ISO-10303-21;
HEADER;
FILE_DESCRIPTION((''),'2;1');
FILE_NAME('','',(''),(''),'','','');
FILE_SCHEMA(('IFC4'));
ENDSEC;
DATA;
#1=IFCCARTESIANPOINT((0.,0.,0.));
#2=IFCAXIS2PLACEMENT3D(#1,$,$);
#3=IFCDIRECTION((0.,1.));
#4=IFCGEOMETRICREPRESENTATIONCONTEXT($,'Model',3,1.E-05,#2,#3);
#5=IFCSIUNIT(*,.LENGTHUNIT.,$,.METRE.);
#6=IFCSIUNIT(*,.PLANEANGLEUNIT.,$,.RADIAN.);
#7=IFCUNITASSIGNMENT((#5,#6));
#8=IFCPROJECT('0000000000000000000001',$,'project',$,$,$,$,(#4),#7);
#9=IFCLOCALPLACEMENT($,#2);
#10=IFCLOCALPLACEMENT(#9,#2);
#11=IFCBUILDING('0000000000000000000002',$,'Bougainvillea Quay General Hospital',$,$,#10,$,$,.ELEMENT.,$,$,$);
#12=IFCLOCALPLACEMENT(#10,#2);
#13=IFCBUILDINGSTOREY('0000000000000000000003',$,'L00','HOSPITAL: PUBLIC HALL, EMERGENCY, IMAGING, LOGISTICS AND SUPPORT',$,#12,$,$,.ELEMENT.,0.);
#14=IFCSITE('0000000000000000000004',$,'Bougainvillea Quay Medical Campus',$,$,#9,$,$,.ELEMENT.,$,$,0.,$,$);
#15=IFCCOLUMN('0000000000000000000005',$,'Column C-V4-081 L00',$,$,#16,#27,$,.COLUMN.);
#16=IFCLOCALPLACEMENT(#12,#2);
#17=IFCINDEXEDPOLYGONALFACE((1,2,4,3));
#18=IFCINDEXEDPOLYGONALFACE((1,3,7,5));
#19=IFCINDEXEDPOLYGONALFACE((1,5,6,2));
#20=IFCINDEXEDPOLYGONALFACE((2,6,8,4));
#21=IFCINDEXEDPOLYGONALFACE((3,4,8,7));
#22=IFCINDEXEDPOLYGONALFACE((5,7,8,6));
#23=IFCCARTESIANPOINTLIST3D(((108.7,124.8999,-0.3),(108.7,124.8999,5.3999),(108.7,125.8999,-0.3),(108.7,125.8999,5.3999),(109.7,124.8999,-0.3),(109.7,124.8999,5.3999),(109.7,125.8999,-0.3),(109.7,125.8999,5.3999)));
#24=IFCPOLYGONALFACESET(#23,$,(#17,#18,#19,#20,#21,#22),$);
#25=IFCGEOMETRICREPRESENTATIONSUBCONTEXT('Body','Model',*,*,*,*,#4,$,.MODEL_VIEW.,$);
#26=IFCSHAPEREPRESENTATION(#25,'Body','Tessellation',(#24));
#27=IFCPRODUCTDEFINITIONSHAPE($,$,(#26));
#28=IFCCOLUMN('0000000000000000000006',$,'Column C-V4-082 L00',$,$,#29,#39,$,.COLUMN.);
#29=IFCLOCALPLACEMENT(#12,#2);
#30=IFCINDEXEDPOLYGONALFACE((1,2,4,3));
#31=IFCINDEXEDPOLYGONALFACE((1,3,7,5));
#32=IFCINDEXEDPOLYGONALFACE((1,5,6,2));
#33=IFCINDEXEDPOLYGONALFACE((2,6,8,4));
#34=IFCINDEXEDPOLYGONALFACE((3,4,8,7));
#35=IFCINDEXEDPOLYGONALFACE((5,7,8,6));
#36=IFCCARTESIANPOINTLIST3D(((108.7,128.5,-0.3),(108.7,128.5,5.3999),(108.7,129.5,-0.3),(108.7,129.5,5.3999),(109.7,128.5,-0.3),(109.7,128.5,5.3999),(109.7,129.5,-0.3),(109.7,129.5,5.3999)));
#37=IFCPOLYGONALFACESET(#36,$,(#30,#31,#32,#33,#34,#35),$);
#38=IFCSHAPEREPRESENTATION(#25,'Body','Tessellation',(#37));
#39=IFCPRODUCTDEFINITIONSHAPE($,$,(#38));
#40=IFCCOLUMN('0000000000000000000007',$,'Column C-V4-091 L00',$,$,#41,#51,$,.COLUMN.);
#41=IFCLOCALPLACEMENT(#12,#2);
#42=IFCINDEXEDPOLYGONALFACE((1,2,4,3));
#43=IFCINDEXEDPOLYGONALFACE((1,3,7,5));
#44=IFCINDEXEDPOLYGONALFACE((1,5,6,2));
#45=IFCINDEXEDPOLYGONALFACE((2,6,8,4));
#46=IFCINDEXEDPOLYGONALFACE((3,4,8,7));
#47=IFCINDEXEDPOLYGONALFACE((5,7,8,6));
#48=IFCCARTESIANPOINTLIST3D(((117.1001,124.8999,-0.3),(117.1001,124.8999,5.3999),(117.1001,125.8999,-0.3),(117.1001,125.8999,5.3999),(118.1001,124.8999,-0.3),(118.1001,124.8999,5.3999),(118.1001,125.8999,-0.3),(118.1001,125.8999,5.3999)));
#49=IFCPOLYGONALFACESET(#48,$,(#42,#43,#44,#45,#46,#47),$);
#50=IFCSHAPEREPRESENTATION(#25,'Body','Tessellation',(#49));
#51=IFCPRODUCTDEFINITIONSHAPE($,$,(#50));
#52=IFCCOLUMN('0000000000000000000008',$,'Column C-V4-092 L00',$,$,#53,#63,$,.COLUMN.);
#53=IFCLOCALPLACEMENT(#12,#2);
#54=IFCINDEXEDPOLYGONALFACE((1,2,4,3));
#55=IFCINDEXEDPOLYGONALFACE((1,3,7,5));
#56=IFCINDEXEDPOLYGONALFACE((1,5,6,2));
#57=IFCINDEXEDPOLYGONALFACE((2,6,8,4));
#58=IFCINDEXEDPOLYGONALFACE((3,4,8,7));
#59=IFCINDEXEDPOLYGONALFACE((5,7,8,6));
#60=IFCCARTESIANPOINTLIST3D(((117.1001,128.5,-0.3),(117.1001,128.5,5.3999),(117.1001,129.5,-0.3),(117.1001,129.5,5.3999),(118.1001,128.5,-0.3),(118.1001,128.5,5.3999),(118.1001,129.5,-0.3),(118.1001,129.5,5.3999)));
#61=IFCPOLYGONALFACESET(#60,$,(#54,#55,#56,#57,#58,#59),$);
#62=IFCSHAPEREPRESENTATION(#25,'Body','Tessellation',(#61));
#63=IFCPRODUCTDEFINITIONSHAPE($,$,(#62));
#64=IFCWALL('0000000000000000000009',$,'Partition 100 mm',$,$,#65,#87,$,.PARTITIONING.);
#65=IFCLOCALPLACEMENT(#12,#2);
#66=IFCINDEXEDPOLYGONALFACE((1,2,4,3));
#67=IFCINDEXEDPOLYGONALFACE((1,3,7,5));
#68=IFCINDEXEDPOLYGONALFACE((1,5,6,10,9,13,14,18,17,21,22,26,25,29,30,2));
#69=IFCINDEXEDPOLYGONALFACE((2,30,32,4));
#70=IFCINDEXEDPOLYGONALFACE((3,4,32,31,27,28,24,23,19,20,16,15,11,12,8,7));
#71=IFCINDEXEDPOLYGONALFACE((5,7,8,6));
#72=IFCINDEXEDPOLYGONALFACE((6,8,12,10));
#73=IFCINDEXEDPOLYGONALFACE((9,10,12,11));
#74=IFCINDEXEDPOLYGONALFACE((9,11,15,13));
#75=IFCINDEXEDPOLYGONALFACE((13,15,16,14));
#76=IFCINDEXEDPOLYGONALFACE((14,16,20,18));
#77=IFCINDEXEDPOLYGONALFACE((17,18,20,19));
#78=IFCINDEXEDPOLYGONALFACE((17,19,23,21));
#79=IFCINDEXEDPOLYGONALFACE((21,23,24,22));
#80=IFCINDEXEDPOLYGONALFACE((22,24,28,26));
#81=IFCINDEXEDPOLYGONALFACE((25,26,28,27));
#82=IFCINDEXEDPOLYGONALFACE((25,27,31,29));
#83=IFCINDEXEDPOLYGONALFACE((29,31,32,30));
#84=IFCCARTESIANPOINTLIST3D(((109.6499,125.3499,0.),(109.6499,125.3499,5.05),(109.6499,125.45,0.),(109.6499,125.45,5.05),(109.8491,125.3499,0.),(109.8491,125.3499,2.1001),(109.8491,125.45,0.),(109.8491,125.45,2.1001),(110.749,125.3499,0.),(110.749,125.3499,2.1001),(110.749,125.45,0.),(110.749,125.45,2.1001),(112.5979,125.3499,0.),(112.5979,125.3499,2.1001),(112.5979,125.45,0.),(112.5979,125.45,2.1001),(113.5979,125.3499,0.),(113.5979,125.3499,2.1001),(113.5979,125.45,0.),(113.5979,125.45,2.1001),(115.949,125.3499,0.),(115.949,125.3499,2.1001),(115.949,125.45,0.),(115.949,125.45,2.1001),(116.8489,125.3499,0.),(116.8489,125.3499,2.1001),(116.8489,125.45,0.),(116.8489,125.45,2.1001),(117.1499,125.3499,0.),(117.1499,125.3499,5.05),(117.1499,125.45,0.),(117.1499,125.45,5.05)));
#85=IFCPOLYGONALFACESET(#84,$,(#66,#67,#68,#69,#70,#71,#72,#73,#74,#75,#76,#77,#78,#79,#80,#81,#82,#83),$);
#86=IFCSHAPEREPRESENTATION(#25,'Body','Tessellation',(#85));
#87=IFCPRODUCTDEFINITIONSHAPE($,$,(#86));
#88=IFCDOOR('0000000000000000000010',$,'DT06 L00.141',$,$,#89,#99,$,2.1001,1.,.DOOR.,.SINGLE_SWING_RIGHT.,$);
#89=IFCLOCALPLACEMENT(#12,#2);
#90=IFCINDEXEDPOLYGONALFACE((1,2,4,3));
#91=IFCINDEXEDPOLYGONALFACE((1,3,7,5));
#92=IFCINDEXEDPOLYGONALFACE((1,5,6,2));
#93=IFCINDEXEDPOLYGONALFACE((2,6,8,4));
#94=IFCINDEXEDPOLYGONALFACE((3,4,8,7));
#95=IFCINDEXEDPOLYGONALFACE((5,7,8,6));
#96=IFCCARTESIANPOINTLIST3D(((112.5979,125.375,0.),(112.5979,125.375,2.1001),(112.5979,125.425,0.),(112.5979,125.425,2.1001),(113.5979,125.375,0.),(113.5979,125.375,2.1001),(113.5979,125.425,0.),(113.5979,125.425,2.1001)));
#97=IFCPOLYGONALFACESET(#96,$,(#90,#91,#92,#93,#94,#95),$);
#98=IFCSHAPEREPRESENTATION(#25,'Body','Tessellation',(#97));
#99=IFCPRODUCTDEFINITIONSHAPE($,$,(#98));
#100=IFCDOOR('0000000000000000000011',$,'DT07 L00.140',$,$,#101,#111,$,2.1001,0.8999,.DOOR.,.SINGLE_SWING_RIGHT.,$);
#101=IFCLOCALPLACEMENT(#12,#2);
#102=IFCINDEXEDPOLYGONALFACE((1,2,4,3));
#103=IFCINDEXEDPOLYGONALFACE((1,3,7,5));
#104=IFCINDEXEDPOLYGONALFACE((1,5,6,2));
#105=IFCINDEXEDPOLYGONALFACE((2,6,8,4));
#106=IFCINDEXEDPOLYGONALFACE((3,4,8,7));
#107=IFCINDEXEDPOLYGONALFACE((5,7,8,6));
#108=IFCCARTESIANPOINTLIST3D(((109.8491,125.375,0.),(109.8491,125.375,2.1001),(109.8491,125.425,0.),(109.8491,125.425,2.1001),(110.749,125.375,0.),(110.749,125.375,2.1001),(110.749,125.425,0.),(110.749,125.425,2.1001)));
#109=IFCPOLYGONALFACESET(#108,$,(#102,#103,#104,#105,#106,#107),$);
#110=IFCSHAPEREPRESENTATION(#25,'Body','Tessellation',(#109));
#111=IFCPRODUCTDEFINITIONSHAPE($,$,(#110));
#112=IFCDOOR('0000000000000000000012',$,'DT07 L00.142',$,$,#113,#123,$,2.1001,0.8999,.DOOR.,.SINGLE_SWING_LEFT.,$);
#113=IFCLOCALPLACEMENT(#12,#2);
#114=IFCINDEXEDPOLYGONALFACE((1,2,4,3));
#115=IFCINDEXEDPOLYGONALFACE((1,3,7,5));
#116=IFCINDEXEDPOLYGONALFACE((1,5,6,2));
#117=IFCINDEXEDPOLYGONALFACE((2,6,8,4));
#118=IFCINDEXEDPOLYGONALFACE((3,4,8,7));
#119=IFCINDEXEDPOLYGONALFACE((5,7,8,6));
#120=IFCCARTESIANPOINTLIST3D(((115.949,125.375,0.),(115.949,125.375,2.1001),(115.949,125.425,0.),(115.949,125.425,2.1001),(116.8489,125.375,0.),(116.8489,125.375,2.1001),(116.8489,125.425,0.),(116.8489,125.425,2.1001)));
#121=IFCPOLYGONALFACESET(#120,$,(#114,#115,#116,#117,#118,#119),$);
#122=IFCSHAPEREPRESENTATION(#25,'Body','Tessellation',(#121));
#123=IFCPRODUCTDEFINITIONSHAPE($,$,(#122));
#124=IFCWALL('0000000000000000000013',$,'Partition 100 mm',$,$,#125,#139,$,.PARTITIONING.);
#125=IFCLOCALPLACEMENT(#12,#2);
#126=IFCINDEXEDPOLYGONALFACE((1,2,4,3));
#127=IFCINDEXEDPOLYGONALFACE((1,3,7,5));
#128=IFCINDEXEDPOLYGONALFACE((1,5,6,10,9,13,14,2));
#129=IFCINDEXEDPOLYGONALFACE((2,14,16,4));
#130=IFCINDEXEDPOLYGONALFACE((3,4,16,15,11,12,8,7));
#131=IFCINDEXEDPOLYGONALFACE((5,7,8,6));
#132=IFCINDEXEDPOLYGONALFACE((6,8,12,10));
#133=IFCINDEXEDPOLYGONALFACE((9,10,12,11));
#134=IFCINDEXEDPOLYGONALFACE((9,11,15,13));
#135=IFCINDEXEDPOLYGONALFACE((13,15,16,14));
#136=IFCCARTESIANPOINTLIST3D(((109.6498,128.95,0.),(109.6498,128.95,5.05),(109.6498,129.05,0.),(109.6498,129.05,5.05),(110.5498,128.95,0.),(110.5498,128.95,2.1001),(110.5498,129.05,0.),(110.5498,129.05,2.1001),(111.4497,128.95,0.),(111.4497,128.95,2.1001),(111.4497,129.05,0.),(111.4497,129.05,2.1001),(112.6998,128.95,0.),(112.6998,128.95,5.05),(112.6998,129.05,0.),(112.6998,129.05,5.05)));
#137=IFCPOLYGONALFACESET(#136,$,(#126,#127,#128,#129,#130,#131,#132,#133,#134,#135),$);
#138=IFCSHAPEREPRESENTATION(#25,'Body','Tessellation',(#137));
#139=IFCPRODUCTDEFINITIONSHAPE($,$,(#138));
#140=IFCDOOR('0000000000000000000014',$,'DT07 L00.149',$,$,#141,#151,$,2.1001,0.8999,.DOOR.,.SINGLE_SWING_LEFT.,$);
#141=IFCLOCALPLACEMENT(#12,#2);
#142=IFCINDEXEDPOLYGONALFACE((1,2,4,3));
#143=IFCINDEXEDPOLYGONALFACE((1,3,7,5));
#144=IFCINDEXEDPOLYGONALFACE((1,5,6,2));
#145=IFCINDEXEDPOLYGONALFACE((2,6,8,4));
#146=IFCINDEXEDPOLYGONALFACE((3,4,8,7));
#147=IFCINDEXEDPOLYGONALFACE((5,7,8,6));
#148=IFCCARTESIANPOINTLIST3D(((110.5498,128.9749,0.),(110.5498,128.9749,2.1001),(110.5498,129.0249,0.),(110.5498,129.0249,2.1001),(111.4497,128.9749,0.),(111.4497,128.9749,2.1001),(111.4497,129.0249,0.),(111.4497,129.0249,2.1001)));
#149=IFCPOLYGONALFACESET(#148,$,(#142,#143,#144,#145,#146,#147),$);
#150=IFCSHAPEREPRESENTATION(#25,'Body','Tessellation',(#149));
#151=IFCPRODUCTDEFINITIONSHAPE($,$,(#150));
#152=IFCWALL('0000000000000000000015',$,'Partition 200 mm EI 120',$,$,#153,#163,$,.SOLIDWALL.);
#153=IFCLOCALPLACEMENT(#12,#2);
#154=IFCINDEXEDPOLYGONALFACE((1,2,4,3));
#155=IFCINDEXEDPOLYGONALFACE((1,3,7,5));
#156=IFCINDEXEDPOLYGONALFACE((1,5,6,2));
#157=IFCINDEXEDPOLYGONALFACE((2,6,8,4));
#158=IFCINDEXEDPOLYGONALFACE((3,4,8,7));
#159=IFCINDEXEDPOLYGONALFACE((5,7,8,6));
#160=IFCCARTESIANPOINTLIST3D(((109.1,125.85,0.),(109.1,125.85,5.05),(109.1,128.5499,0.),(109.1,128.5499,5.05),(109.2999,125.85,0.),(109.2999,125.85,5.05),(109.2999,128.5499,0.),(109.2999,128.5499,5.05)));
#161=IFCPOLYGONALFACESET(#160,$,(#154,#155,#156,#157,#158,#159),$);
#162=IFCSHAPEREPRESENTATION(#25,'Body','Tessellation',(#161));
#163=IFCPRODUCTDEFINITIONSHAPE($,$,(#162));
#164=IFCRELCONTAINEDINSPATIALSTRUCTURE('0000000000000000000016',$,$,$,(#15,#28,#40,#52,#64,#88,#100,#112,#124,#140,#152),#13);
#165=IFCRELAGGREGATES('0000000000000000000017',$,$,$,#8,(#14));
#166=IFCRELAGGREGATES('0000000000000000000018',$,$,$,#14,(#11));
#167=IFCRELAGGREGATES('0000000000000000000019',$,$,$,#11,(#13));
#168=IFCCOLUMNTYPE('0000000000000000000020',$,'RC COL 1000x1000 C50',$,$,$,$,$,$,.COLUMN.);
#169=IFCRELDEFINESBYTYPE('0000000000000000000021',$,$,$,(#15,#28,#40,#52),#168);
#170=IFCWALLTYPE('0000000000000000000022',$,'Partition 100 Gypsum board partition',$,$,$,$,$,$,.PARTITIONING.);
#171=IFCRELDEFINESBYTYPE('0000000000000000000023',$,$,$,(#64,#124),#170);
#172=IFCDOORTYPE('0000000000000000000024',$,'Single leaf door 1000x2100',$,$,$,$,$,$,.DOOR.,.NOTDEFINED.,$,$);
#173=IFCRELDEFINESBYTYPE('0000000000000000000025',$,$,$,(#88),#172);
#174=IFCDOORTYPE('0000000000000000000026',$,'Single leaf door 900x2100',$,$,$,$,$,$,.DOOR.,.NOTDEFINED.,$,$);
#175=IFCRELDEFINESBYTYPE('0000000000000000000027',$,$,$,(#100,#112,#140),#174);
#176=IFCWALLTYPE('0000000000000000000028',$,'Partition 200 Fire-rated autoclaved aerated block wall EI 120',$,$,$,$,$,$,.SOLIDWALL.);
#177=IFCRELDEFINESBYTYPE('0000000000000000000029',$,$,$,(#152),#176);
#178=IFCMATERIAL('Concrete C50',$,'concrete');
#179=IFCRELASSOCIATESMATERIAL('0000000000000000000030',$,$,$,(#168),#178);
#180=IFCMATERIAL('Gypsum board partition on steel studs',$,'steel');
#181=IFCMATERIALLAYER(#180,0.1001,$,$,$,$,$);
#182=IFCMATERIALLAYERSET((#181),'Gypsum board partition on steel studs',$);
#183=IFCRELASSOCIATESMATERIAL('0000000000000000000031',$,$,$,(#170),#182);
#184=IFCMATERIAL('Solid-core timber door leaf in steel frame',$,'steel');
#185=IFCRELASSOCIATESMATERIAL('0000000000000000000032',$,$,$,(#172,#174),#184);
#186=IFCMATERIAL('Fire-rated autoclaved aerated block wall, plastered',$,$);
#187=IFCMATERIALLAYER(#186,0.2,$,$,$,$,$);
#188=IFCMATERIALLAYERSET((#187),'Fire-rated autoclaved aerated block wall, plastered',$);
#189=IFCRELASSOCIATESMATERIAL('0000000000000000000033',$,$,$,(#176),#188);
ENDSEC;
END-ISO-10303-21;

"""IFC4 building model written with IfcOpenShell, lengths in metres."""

from ifc_helpers import new_model, si_unit, direction, frame, frame_2d, origin, origin_2d, place, context, subcontext, project, spatial, rectangle, extrude, material, layer, layer_set, material_profile, profile_set, type_object, element, fill, save


model = new_model("IFC4")

# Units and contexts
model_context = context("Model", 3, precision=1e-05, world=origin(), true_north=direction((0.0, 1.0)))
body_context = subcontext(model_context, "Body", "Model", "MODEL_VIEW")
ifc_project = project(units=[si_unit("LENGTHUNIT", "METRE"), si_unit("PLANEANGLEUNIT", "RADIAN")], contexts=[model_context])

# Site, building, storey
site_placement = place(None, origin())
site = spatial("IfcSite", under=ifc_project, at=site_placement, Name="Bougainvillea Quay Medical Campus", CompositionType="ELEMENT", RefElevation=0.0)
building_placement = place(site_placement, origin())
building = spatial("IfcBuilding", under=site, at=building_placement, Name="Bougainvillea Quay General Hospital", CompositionType="ELEMENT")
storey_placement = place(building_placement, origin())
storey = spatial("IfcBuildingStorey", under=building, at=storey_placement, Name="L00", Description="HOSPITAL: PUBLIC HALL, EMERGENCY, IMAGING, LOGISTICS AND SUPPORT", CompositionType="ELEMENT", Elevation=0.0)

# Columns
ifc_material_1 = material(Name="Concrete C50", Category="concrete")
ifc_material_profile_1 = material_profile(ifc_material_1, rectangle(XDim=1.0, YDim=1.0, at=origin_2d()))
ifc_profile_set_1 = profile_set([ifc_material_profile_1], Name="Concrete C50")
column_type = type_object("IfcColumnType", Name="RC COL 1000x1000 C50", PredefinedType="COLUMN", material=ifc_profile_set_1)
for number, where, z_axis, x_axis, name in (
    (1, (109.2, 125.3999, -0.3), (0.0, 0.0, 1.0), (1.0, 0.0, 0.0), "Column C-V4-081 L00"),
    (2, (109.2, 129.0, -0.3), (0.0, 0.0, 1.0), (1.0, 0.0, 0.0), "Column C-V4-082 L00"),
    (3, (117.6001, 125.3999, -0.3), (0.0, 0.0, 1.0), (1.0, 0.0, 0.0), "Column C-V4-091 L00"),
    (4, (117.6001, 129.0, -0.3), (0.0, 0.0, 1.0), (1.0, 0.0, 0.0), "Column C-V4-092 L00"),
):
    element("IfcColumn", number, at=place(storey_placement, frame(where, z_axis=z_axis, x_axis=x_axis)), inside=storey, type_object=column_type, Name=name, PredefinedType="COLUMN", context=body_context, shape_type="SweptSolid", body=[
        extrude(rectangle(XDim=1.0, YDim=1.0, at=origin_2d()), origin(), (0.0, 0.0, 1.0), 5.7),
    ])

# Wall, openings, doors
ifc_material_2 = material(Name="Gypsum board partition on steel studs", Category="steel")
ifc_layer_1 = layer(ifc_material_2, 0.1001)
ifc_layer_set_1 = layer_set([ifc_layer_1], Name="Gypsum board partition on steel studs")
wall_type_1 = type_object("IfcWallType", Name="Partition 100 Gypsum board partition", PredefinedType="PARTITIONING", material=ifc_layer_set_1)
wall_1_placement = place(storey_placement, frame((117.1499, 125.3999, 0.0), z_axis=(0.0, 0.0, 1.0), x_axis=(-1.0, 0.0, 0.0)))
wall_1 = element("IfcWall", 5, at=wall_1_placement, inside=storey, type_object=wall_type_1, Name="Partition 100 mm", PredefinedType="PARTITIONING", context=body_context, shape_type="SweptSolid", body=[
    extrude(rectangle(XDim=7.5, YDim=0.1001, at=frame_2d((3.75, 0.0))), origin(), (0.0, 0.0, 1.0), 5.05),
])
opening_1_placement = place(wall_1_placement, frame((6.4009, 0.0, 0.0)))
opening_1 = element("IfcOpeningElement", 6, at=opening_1_placement, cuts=wall_1, PredefinedType="OPENING", context=body_context, shape_type="SweptSolid", body=[
    extrude(rectangle(XDim=0.8999, YDim=2.1001, at=frame_2d((0.45, 1.05))), frame((0.0, 0.0601, 0.0), z_axis=(0.0, -1.0, 0.0), x_axis=(1.0, 0.0, 0.0)), (0.0, 0.0, 1.0), 0.1201),
])
opening_2_placement = place(wall_1_placement, frame((3.552, 0.0, 0.0)))
opening_2 = element("IfcOpeningElement", 7, at=opening_2_placement, cuts=wall_1, PredefinedType="OPENING", context=body_context, shape_type="SweptSolid", body=[
    extrude(rectangle(XDim=1.0, YDim=2.1001, at=frame_2d((0.5, 1.05))), frame((0.0, 0.0601, 0.0), z_axis=(0.0, -1.0, 0.0), x_axis=(1.0, 0.0, 0.0)), (0.0, 0.0, 1.0), 0.1201),
])
opening_3_placement = place(wall_1_placement, frame((0.301, 0.0, 0.0)))
opening_3 = element("IfcOpeningElement", 8, at=opening_3_placement, cuts=wall_1, PredefinedType="OPENING", context=body_context, shape_type="SweptSolid", body=[
    extrude(rectangle(XDim=0.8999, YDim=2.1001, at=frame_2d((0.45, 1.05))), frame((0.0, 0.0601, 0.0), z_axis=(0.0, -1.0, 0.0), x_axis=(1.0, 0.0, 0.0)), (0.0, 0.0, 1.0), 0.1201),
])
ifc_material_3 = material(Name="Solid-core timber door leaf in steel frame", Category="steel")
door_type_1 = type_object("IfcDoorType", Name="Single leaf door 1000x2100", OperationType="NOTDEFINED", PredefinedType="DOOR", material=ifc_material_3)
door_1_placement = place(opening_2_placement, origin())
door_1 = element("IfcDoor", 9, at=door_1_placement, inside=storey, type_object=door_type_1, Name="DT06 L00.141", OperationType="SINGLE_SWING_RIGHT", OverallHeight=2.1001, OverallWidth=1.0, PredefinedType="DOOR", context=body_context, shape_type="SweptSolid", body=[
    extrude(rectangle(XDim=1.0, YDim=2.1001, at=frame_2d((0.5, 1.05))), frame((0.0, 0.0249, 0.0), z_axis=(0.0, -1.0, 0.0), x_axis=(1.0, 0.0, 0.0)), (0.0, 0.0, 1.0), 0.05),
])
fill(opening_2, door_1)
door_type_2 = type_object("IfcDoorType", Name="Single leaf door 900x2100", OperationType="NOTDEFINED", PredefinedType="DOOR", material=ifc_material_3)
door_2_placement = place(opening_1_placement, origin())
door_2 = element("IfcDoor", 10, at=door_2_placement, inside=storey, type_object=door_type_2, Name="DT07 L00.140", OperationType="SINGLE_SWING_RIGHT", OverallHeight=2.1001, OverallWidth=0.8999, PredefinedType="DOOR", context=body_context, shape_type="SweptSolid", body=[
    extrude(rectangle(XDim=0.8999, YDim=2.1001, at=frame_2d((0.45, 1.05))), frame((0.0, 0.0249, 0.0), z_axis=(0.0, -1.0, 0.0), x_axis=(1.0, 0.0, 0.0)), (0.0, 0.0, 1.0), 0.05),
])
fill(opening_1, door_2)
door_3_placement = place(opening_3_placement, origin())
door_3 = element("IfcDoor", 11, at=door_3_placement, inside=storey, type_object=door_type_2, Name="DT07 L00.142", OperationType="SINGLE_SWING_LEFT", OverallHeight=2.1001, OverallWidth=0.8999, PredefinedType="DOOR", context=body_context, shape_type="SweptSolid", body=[
    extrude(rectangle(XDim=0.8999, YDim=2.1001, at=frame_2d((0.45, 1.05))), frame((0.0, 0.0249, 0.0), z_axis=(0.0, -1.0, 0.0), x_axis=(1.0, 0.0, 0.0)), (0.0, 0.0, 1.0), 0.05),
])
fill(opening_3, door_3)

# Wall, opening, door
wall_2_placement = place(storey_placement, frame((109.6499, 129.0, 0.0), z_axis=(0.0, 0.0, 1.0), x_axis=(1.0, 0.0, 0.0)))
wall_2 = element("IfcWall", 12, at=wall_2_placement, inside=storey, type_object=wall_type_1, Name="Partition 100 mm", PredefinedType="PARTITIONING", context=body_context, shape_type="SweptSolid", body=[
    extrude(rectangle(XDim=3.05, YDim=0.1001, at=frame_2d((1.5249, 0.0))), origin(), (0.0, 0.0, 1.0), 5.05),
])
opening_4_placement = place(wall_2_placement, frame((0.8999, 0.0, 0.0)))
opening_4 = element("IfcOpeningElement", 13, at=opening_4_placement, cuts=wall_2, PredefinedType="OPENING", context=body_context, shape_type="SweptSolid", body=[
    extrude(rectangle(XDim=0.8999, YDim=2.1001, at=frame_2d((0.45, 1.05))), frame((0.0, 0.0601, 0.0), z_axis=(0.0, -1.0, 0.0), x_axis=(1.0, 0.0, 0.0)), (0.0, 0.0, 1.0), 0.1201),
])
door_4_placement = place(opening_4_placement, origin())
door_4 = element("IfcDoor", 14, at=door_4_placement, inside=storey, type_object=door_type_2, Name="DT07 L00.149", OperationType="SINGLE_SWING_LEFT", OverallHeight=2.1001, OverallWidth=0.8999, PredefinedType="DOOR", context=body_context, shape_type="SweptSolid", body=[
    extrude(rectangle(XDim=0.8999, YDim=2.1001, at=frame_2d((0.45, 1.05))), frame((0.0, 0.0249, 0.0), z_axis=(0.0, -1.0, 0.0), x_axis=(1.0, 0.0, 0.0)), (0.0, 0.0, 1.0), 0.05),
])
fill(opening_4, door_4)

# Wall
ifc_material_4 = material(Name="Fire-rated autoclaved aerated block wall, plastered")
ifc_layer_2 = layer(ifc_material_4, 0.2)
ifc_layer_set_2 = layer_set([ifc_layer_2], Name="Fire-rated autoclaved aerated block wall, plastered")
wall_type_2 = type_object("IfcWallType", Name="Partition 200 Fire-rated autoclaved aerated block wall EI 120", PredefinedType="SOLIDWALL", material=ifc_layer_set_2)
wall_3_placement = place(storey_placement, frame((109.2, 128.55, 0.0), z_axis=(0.0, 0.0, 1.0), x_axis=(0.0, -1.0, 0.0)))
element("IfcWall", 15, at=wall_3_placement, inside=storey, type_object=wall_type_2, Name="Partition 200 mm EI 120", PredefinedType="SOLIDWALL", context=body_context, shape_type="SweptSolid", body=[
    extrude(rectangle(XDim=2.7, YDim=0.2, at=frame_2d((1.3501, 0.0))), origin(), (0.0, 0.0, 1.0), 5.05),
])

save(model, "model.ifc")
